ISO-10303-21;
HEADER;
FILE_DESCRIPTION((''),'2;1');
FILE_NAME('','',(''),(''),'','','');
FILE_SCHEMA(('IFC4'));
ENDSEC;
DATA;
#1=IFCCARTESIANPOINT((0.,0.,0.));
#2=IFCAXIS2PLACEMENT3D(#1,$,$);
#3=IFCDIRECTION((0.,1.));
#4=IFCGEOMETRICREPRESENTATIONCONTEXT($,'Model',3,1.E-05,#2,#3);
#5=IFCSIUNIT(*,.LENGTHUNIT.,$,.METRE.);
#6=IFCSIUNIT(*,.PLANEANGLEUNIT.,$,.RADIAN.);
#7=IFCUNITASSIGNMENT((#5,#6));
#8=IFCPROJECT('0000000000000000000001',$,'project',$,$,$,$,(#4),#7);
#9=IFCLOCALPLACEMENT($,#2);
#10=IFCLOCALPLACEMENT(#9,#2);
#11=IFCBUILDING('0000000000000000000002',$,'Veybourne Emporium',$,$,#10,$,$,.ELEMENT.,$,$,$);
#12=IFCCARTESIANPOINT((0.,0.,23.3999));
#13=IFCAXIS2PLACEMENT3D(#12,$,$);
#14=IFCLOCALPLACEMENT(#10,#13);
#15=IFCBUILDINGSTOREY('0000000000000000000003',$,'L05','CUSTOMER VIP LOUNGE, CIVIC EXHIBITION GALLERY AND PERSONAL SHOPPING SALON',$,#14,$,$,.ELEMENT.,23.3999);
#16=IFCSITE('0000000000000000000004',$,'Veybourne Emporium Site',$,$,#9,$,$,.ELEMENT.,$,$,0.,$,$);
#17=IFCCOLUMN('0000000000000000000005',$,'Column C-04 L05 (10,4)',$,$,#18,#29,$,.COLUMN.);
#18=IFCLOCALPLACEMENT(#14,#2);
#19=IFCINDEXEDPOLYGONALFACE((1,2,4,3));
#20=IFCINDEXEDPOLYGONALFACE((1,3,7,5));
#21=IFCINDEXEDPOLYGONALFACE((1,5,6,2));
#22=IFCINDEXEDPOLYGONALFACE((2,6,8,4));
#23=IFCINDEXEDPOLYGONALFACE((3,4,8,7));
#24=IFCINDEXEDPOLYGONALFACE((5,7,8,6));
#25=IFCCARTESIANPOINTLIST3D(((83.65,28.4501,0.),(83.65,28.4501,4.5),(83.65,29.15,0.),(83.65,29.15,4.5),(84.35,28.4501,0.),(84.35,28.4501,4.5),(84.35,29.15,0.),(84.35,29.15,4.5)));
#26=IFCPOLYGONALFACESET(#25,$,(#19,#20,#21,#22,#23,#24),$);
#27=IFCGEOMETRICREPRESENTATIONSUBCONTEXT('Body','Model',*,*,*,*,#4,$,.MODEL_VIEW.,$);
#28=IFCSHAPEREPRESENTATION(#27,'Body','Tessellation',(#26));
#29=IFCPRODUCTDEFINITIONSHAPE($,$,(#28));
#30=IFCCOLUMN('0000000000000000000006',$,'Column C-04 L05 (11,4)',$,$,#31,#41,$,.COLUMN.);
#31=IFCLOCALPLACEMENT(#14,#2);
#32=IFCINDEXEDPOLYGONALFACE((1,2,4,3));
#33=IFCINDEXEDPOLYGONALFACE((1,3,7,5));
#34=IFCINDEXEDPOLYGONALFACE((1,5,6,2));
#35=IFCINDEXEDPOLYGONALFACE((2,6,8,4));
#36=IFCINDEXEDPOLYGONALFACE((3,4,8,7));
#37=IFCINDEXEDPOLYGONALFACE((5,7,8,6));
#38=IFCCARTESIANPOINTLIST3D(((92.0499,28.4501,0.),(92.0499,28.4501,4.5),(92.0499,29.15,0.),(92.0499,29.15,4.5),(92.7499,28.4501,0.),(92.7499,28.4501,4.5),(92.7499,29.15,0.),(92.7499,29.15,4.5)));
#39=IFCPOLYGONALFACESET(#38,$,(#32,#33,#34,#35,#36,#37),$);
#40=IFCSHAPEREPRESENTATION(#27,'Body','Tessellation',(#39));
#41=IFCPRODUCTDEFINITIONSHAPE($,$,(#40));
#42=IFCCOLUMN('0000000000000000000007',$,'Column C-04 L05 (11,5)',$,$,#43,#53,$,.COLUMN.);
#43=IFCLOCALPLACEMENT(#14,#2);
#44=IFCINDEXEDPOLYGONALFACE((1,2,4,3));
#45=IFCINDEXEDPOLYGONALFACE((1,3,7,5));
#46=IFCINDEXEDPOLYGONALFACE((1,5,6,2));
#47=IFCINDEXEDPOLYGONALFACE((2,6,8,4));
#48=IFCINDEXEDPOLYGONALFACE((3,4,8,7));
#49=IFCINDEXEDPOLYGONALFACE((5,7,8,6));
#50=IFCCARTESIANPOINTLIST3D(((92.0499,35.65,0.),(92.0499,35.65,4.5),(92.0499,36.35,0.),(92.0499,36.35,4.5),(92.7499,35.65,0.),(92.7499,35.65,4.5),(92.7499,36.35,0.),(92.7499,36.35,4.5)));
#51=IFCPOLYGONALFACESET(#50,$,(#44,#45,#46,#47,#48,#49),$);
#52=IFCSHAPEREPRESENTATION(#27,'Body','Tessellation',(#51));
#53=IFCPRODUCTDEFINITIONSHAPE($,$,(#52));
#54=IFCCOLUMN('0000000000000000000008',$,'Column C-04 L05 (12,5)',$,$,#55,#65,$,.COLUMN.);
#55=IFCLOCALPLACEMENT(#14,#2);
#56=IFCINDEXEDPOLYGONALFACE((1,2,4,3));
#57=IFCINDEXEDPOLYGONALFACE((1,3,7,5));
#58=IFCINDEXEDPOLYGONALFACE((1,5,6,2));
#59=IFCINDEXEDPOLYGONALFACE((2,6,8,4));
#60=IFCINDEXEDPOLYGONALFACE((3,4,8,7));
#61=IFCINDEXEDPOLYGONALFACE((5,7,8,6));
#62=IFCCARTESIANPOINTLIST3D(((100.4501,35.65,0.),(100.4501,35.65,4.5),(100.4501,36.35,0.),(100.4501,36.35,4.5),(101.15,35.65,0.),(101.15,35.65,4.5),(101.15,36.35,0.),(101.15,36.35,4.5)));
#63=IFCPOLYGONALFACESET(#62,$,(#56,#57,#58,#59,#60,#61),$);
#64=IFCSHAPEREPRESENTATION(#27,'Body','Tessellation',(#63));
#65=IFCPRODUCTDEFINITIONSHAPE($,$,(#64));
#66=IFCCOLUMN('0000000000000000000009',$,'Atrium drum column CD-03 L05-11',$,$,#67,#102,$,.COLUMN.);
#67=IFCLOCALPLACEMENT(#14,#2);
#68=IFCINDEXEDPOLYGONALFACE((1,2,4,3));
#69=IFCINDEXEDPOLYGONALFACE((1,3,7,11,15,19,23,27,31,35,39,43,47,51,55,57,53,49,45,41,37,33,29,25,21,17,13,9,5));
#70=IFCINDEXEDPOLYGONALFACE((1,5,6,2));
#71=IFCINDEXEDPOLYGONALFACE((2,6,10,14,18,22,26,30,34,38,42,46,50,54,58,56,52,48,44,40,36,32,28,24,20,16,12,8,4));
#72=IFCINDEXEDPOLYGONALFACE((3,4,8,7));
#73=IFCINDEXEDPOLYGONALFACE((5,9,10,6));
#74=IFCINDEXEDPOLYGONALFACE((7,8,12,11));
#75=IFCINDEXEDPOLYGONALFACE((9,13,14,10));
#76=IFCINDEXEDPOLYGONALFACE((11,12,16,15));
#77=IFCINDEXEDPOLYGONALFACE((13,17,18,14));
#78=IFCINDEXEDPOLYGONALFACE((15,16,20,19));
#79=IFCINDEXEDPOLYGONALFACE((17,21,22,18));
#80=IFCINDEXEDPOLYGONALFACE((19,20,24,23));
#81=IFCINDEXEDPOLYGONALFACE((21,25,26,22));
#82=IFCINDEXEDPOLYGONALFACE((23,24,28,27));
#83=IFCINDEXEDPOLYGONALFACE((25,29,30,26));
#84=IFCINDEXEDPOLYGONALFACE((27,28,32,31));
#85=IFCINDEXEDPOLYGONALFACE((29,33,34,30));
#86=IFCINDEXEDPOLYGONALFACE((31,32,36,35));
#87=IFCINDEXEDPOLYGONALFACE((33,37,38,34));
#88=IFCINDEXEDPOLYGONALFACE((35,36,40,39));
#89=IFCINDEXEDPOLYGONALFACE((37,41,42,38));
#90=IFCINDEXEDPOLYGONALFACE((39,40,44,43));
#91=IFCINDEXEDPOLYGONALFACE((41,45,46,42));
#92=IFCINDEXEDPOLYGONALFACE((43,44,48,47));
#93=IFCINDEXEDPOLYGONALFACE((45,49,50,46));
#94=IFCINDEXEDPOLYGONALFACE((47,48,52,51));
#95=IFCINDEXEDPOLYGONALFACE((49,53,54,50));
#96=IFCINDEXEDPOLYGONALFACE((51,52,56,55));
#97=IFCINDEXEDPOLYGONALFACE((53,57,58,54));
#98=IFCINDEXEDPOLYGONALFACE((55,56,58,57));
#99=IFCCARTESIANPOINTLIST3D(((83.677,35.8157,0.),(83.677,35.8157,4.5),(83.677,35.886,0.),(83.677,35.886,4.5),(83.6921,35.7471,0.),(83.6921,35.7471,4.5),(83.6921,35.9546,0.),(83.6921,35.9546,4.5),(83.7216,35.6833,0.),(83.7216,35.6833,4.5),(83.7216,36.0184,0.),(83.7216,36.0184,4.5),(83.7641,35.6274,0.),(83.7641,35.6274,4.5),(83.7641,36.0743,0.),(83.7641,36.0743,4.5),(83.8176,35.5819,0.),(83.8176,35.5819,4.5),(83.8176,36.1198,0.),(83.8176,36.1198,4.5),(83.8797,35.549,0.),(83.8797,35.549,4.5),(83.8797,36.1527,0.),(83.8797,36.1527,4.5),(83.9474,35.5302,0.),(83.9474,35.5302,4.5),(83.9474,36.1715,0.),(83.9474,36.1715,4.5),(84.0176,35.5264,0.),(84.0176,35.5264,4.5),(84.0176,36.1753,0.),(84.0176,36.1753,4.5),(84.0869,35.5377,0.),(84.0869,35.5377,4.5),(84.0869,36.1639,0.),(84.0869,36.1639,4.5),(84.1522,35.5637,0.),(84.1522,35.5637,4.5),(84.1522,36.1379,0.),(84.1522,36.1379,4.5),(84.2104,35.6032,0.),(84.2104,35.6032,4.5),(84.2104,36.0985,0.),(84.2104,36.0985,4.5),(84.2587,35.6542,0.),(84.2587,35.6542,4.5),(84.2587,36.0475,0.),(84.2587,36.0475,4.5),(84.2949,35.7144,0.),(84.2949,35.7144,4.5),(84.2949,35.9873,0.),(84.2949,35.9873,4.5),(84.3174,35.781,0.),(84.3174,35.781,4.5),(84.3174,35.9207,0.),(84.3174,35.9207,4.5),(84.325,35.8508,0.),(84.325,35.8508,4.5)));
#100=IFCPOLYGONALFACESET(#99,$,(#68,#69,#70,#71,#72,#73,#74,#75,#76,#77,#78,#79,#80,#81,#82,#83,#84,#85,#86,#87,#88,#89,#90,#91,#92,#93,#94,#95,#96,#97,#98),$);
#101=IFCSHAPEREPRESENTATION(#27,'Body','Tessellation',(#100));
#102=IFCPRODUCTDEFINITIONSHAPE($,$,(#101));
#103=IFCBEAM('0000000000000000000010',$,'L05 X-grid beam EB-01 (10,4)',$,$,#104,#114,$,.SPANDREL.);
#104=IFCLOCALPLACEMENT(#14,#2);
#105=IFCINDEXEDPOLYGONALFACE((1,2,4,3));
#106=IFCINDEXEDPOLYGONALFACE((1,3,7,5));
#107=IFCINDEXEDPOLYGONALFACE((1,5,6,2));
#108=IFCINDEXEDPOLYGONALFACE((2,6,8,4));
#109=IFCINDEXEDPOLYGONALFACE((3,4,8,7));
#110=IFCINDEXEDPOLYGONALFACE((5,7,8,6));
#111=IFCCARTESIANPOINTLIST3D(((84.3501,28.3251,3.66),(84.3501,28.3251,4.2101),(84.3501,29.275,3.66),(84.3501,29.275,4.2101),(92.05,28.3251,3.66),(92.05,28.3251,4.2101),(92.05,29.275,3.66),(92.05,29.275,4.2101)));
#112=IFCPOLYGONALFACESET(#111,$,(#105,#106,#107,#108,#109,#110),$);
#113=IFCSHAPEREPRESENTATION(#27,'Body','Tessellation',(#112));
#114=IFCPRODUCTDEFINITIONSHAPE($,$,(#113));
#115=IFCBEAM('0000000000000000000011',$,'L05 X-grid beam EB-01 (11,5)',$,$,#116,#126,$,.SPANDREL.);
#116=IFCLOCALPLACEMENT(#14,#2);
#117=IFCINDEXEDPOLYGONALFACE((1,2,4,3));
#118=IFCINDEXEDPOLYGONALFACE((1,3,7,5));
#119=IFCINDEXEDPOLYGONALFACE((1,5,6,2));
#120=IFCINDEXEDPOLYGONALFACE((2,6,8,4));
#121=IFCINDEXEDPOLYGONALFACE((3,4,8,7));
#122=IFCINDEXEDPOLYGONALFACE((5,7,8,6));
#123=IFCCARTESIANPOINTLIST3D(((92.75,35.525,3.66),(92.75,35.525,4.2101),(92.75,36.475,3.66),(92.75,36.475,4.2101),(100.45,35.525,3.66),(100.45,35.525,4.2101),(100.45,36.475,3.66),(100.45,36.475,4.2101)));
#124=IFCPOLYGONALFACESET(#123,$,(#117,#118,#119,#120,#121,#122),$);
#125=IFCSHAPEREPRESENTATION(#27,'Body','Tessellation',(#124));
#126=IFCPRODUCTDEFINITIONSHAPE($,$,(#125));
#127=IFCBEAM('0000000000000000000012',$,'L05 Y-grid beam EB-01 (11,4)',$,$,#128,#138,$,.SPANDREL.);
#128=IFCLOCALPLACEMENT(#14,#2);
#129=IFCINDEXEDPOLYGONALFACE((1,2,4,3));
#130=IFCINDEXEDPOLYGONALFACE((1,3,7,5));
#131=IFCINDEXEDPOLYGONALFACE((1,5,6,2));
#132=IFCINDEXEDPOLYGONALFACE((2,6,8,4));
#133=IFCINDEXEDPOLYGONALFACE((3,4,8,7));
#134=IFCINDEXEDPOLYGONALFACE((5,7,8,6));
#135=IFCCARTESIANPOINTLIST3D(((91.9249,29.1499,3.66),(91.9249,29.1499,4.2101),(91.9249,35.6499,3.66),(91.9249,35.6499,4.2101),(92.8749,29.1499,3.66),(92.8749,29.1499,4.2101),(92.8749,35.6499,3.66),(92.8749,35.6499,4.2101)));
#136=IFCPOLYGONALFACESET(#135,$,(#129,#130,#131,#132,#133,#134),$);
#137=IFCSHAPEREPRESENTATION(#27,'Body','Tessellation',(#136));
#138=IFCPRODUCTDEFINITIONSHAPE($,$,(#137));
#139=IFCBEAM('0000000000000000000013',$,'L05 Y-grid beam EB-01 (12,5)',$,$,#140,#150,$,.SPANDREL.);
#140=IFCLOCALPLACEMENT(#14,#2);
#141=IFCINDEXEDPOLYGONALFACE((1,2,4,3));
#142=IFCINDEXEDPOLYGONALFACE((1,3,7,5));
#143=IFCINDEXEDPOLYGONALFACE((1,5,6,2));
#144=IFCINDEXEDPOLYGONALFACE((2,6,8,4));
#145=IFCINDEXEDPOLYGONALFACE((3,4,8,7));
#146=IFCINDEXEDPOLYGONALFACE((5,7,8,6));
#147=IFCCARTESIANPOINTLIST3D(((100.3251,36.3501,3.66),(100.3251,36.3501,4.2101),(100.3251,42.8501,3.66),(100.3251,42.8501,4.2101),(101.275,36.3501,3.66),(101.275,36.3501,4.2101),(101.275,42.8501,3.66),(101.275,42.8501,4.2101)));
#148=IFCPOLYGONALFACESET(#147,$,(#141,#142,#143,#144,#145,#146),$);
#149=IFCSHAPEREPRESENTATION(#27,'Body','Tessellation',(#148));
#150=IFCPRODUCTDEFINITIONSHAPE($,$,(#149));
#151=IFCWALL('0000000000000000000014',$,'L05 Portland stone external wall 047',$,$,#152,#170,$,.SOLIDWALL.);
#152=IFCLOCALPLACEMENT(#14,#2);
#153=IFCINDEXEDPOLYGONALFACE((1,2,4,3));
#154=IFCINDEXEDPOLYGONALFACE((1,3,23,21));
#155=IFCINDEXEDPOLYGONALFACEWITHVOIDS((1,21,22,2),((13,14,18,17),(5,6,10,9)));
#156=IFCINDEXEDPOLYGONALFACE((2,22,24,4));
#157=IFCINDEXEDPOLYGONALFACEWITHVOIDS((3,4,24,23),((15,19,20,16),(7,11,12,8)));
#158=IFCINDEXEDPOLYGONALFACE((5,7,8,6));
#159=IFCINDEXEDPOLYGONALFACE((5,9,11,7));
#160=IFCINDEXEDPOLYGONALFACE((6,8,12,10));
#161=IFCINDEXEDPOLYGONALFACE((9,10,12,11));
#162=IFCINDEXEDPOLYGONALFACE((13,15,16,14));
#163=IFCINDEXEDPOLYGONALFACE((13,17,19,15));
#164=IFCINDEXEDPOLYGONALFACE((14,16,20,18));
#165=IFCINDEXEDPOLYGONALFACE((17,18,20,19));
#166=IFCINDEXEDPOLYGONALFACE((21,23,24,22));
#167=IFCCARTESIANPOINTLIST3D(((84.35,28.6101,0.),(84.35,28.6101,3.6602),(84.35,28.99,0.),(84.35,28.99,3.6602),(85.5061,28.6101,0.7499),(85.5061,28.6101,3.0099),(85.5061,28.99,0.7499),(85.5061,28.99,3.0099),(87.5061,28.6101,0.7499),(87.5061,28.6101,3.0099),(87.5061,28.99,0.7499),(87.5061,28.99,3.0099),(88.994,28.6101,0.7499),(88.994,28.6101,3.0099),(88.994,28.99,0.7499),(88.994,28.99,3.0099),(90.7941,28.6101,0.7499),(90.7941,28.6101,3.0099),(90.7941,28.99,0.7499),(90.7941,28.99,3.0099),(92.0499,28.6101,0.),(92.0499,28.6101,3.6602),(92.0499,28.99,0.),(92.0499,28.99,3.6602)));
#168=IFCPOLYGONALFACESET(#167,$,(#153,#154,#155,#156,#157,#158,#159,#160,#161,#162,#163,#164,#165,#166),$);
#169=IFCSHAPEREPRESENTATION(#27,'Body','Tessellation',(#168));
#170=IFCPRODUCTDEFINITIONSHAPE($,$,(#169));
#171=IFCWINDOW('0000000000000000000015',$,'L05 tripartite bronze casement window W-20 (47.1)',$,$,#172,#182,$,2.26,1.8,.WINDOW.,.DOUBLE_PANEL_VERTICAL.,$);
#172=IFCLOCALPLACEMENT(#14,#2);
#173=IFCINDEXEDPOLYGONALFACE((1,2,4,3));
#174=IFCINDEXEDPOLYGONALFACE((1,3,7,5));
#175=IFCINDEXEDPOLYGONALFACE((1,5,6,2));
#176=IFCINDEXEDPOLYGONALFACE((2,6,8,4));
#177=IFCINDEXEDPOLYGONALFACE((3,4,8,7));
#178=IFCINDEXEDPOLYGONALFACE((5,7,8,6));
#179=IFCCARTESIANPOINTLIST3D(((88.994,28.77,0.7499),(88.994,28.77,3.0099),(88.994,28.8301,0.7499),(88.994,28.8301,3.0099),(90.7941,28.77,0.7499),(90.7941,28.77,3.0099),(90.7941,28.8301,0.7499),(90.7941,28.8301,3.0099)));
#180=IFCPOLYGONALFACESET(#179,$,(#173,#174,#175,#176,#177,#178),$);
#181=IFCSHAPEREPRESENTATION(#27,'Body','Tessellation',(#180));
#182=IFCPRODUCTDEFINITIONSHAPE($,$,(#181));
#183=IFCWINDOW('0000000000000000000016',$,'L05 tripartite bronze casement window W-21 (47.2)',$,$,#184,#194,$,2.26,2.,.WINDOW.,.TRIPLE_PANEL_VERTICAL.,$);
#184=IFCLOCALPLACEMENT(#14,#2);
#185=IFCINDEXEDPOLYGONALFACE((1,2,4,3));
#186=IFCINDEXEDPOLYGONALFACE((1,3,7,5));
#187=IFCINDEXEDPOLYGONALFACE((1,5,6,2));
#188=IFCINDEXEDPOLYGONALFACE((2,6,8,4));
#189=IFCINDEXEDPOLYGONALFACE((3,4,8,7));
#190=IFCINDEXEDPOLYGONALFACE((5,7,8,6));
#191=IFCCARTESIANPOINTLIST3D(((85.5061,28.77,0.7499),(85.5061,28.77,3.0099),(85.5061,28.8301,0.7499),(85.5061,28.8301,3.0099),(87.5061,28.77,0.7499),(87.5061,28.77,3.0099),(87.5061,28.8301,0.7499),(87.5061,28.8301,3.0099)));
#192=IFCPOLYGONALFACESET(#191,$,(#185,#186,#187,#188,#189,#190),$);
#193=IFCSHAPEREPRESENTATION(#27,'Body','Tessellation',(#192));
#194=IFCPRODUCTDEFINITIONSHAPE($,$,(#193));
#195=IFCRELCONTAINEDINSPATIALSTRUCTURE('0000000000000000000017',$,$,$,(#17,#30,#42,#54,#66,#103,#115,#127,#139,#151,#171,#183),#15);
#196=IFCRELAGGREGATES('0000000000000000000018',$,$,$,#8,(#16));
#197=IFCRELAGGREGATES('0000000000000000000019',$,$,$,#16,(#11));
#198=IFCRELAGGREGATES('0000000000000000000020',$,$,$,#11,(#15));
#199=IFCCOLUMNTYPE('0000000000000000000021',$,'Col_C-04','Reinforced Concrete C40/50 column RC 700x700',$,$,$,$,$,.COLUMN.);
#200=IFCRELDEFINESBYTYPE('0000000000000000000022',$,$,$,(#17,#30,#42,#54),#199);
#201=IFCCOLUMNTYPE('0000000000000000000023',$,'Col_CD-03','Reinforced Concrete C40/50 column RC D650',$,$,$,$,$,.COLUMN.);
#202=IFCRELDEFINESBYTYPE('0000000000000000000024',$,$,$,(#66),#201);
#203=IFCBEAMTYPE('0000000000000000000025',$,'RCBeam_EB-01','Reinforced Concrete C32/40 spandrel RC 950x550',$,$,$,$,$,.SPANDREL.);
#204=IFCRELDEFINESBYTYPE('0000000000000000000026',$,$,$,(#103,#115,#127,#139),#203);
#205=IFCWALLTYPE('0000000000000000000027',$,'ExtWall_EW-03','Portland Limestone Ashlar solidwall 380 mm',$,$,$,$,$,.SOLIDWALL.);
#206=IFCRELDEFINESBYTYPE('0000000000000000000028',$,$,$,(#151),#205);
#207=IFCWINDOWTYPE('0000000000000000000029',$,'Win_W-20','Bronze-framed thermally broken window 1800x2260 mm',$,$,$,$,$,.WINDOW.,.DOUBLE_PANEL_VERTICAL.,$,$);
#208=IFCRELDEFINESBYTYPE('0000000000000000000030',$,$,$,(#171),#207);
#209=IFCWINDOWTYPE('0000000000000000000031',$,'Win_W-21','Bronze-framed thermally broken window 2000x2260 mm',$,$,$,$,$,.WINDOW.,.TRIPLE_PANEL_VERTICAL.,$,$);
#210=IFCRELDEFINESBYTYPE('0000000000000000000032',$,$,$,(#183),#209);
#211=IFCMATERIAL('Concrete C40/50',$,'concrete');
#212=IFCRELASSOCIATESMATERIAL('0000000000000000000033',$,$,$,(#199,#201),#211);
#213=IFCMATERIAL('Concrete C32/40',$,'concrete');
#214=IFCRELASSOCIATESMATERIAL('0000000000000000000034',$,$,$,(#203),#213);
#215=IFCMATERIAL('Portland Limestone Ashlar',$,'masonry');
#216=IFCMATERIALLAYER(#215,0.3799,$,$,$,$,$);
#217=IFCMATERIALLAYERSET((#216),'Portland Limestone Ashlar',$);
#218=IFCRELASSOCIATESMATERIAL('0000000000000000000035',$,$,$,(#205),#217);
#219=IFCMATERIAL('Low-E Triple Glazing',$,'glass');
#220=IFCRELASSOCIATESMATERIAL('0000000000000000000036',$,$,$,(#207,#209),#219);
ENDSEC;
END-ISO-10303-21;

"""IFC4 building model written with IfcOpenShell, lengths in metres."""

from ifc_helpers import new_model, si_unit, direction, frame, frame_2d, origin, origin_2d, place, context, subcontext, project, spatial, rectangle, circle, extrude, material, layer, layer_set, material_profile, profile_set, type_object, element, fill, save


model = new_model("IFC4")

# Units and contexts
model_context = context("Model", 3, precision=1e-05, world=origin(), true_north=direction((0.0, 1.0)))
body_context = subcontext(model_context, "Body", "Model", "MODEL_VIEW")
ifc_project = project(units=[si_unit("LENGTHUNIT", "METRE"), si_unit("PLANEANGLEUNIT", "RADIAN")], contexts=[model_context])

# Site, building, storey
site_placement = place(None, origin())
site = spatial("IfcSite", under=ifc_project, at=site_placement, Name="Veybourne Emporium Site", CompositionType="ELEMENT", RefElevation=0.0)
building_placement = place(site_placement, origin())
building = spatial("IfcBuilding", under=site, at=building_placement, Name="Veybourne Emporium", CompositionType="ELEMENT")
storey_placement = place(building_placement, frame((0.0, 0.0, 23.3999)))
storey = spatial("IfcBuildingStorey", under=building, at=storey_placement, Name="L05", Description="CUSTOMER VIP LOUNGE, CIVIC EXHIBITION GALLERY AND PERSONAL SHOPPING SALON", CompositionType="ELEMENT", Elevation=23.3999)

# Columns
ifc_material_1 = material(Name="Concrete C40/50", Category="concrete")
ifc_material_profile_1 = material_profile(ifc_material_1, rectangle(XDim=0.7, YDim=0.7, at=origin_2d()), Name="RC 700x700")
ifc_profile_set_1 = profile_set([ifc_material_profile_1], Name="Concrete C40/50")
column_type_1 = type_object("IfcColumnType", Name="Col_C-04", Description="Reinforced Concrete C40/50 column RC 700x700", PredefinedType="COLUMN", material=ifc_profile_set_1)
for number, where, z_axis, x_axis, name in (
    (1, (84.0, 28.8, 0.0), (0.0, 0.0, 1.0), (1.0, 0.0, 0.0), "Column C-04 L05 (10,4)"),
    (2, (92.3999, 28.8, 0.0), (0.0, 0.0, 1.0), (1.0, 0.0, 0.0), "Column C-04 L05 (11,4)"),
    (3, (92.3999, 36.0, 0.0), (0.0, 0.0, 1.0), (1.0, 0.0, 0.0), "Column C-04 L05 (11,5)"),
    (4, (100.8, 36.0, 0.0), (0.0, 0.0, 1.0), (1.0, 0.0, 0.0), "Column C-04 L05 (12,5)"),
):
    element("IfcColumn", number, at=place(storey_placement, frame(where, z_axis=z_axis, x_axis=x_axis)), inside=storey, type_object=column_type_1, Name=name, PredefinedType="COLUMN", context=body_context, shape_type="SweptSolid", body=[
        extrude(rectangle(XDim=0.7, YDim=0.7, at=origin_2d()), origin(), (0.0, 0.0, 1.0), 4.5),
    ])
ifc_material_profile_2 = material_profile(ifc_material_1, circle(Radius=0.325, at=origin_2d()), Name="RC D650")
ifc_profile_set_2 = profile_set([ifc_material_profile_2], Name="Concrete C40/50")
column_type_2 = type_object("IfcColumnType", Name="Col_CD-03", Description="Reinforced Concrete C40/50 column RC D650", PredefinedType="COLUMN", material=ifc_profile_set_2)
column_placement = place(storey_placement, frame((84.0, 35.8508, 0.0), z_axis=(0.0, 0.0, 1.0), x_axis=(1.0, 0.0, 0.0)))
element("IfcColumn", 5, at=column_placement, inside=storey, type_object=column_type_2, Name="Atrium drum column CD-03 L05-11", PredefinedType="COLUMN", context=body_context, shape_type="SweptSolid", body=[
    extrude(circle(Radius=0.325, at=origin_2d()), origin(), (0.0, 0.0, 1.0), 4.5),
])

# Beams
ifc_material_2 = material(Name="Concrete C32/40", Category="concrete")
ifc_material_profile_3 = material_profile(ifc_material_2, rectangle(XDim=0.95, YDim=0.55, at=origin_2d()), Name="RC 950x550")
ifc_profile_set_3 = profile_set([ifc_material_profile_3], Name="Concrete C32/40")
beam_type = type_object("IfcBeamType", Name="RCBeam_EB-01", Description="Reinforced Concrete C32/40 spandrel RC 950x550", PredefinedType="SPANDREL", material=ifc_profile_set_3)
for number, where, z_axis, x_axis, name in (
    (6, (84.3501, 28.8, 3.9351), (1.0, 0.0, 0.0), (0.0, 1.0, 0.0), "L05 X-grid beam EB-01 (10,4)"),
    (7, (92.75, 36.0, 3.9351), (1.0, 0.0, 0.0), (0.0, 1.0, 0.0), "L05 X-grid beam EB-01 (11,5)"),
):
    element("IfcBeam", number, at=place(storey_placement, frame(where, z_axis=z_axis, x_axis=x_axis)), inside=storey, type_object=beam_type, Name=name, PredefinedType="SPANDREL", context=body_context, shape_type="SweptSolid", body=[
        extrude(rectangle(XDim=0.95, YDim=0.55, at=origin_2d()), origin(), (0.0, 0.0, 1.0), 7.7),
    ])
for number, where, z_axis, x_axis, name in (
    (8, (92.3999, 29.1499, 3.9351), (0.0, 1.0, 0.0), (-1.0, 0.0, 0.0), "L05 Y-grid beam EB-01 (11,4)"),
    (9, (100.8, 36.3501, 3.9351), (0.0, 1.0, 0.0), (-1.0, 0.0, 0.0), "L05 Y-grid beam EB-01 (12,5)"),
):
    element("IfcBeam", number, at=place(storey_placement, frame(where, z_axis=z_axis, x_axis=x_axis)), inside=storey, type_object=beam_type, Name=name, PredefinedType="SPANDREL", context=body_context, shape_type="SweptSolid", body=[
        extrude(rectangle(XDim=0.95, YDim=0.55, at=origin_2d()), origin(), (0.0, 0.0, 1.0), 6.5),
    ])

# Wall, openings, windows
ifc_material_3 = material(Name="Portland Limestone Ashlar", Category="masonry")
ifc_layer_1 = layer(ifc_material_3, 0.3799)
ifc_layer_set_1 = layer_set([ifc_layer_1], Name="Portland Limestone Ashlar")
wall_type_1 = type_object("IfcWallType", Name="ExtWall_EW-03", Description="Portland Limestone Ashlar solidwall 380 mm", PredefinedType="SOLIDWALL", material=ifc_layer_set_1)
wall_1_placement = place(storey_placement, frame((92.05, 28.8, 0.0), z_axis=(0.0, 0.0, 1.0), x_axis=(-1.0, 0.0, 0.0)))
wall_1 = element("IfcWall", 10, at=wall_1_placement, inside=storey, type_object=wall_type_1, Name="L05 Portland stone external wall 047", PredefinedType="SOLIDWALL", context=body_context, shape_type="SweptSolid", body=[
    extrude(rectangle(XDim=7.7, YDim=0.3799, at=frame_2d((3.8501, 0.0))), origin(), (0.0, 0.0, 1.0), 3.6602),
])
opening_1_placement = place(wall_1_placement, frame((1.2561, 0.0, 0.75)))
opening_1 = element("IfcOpeningElement", 11, at=opening_1_placement, cuts=wall_1, PredefinedType="OPENING", context=body_context, shape_type="SweptSolid", body=[
    extrude(rectangle(XDim=1.8, YDim=2.26, at=frame_2d((0.8999, 1.1299))), frame((0.0, 0.21, 0.0), z_axis=(0.0, -1.0, 0.0), x_axis=(1.0, 0.0, 0.0)), (0.0, 0.0, 1.0), 0.4199),
])
opening_2_placement = place(wall_1_placement, frame((4.5439, 0.0, 0.75)))
opening_2 = element("IfcOpeningElement", 12, at=opening_2_placement, cuts=wall_1, PredefinedType="OPENING", context=body_context, shape_type="SweptSolid", body=[
    extrude(rectangle(XDim=2.0, YDim=2.26, at=frame_2d((1.0, 1.1299))), frame((0.0, 0.21, 0.0), z_axis=(0.0, -1.0, 0.0), x_axis=(1.0, 0.0, 0.0)), (0.0, 0.0, 1.0), 0.4199),
])
ifc_material_4 = material(Name="Low-E Triple Glazing", Category="glass")
window_type_1 = type_object("IfcWindowType", Name="Win_W-20", Description="Bronze-framed thermally broken window 1800x2260 mm", PartitioningType="DOUBLE_PANEL_VERTICAL", PredefinedType="WINDOW", material=ifc_material_4)
window_1_placement = place(opening_1_placement, origin())
window_1 = element("IfcWindow", 13, at=window_1_placement, inside=storey, type_object=window_type_1, Name="L05 tripartite bronze casement window W-20 (47.1)", OverallHeight=2.26, OverallWidth=1.8, PartitioningType="DOUBLE_PANEL_VERTICAL", PredefinedType="WINDOW", context=body_context, shape_type="SweptSolid", body=[
    extrude(rectangle(XDim=1.8, YDim=2.26, at=frame_2d((0.8999, 1.1299))), frame((0.0, 0.03, 0.0), z_axis=(0.0, -1.0, 0.0), x_axis=(1.0, 0.0, 0.0)), (0.0, 0.0, 1.0), 0.0601),
])
fill(opening_1, window_1)
window_type_2 = type_object("IfcWindowType", Name="Win_W-21", Description="Bronze-framed thermally broken window 2000x2260 mm", PartitioningType="TRIPLE_PANEL_VERTICAL", PredefinedType="WINDOW", material=ifc_material_4)
window_2_placement = place(opening_2_placement, origin())
window_2 = element("IfcWindow", 14, at=window_2_placement, inside=storey, type_object=window_type_2, Name="L05 tripartite bronze casement window W-21 (47.2)", OverallHeight=2.26, OverallWidth=2.0, PartitioningType="TRIPLE_PANEL_VERTICAL", PredefinedType="WINDOW", context=body_context, shape_type="SweptSolid", body=[
    extrude(rectangle(XDim=2.0, YDim=2.26, at=frame_2d((1.0, 1.1299))), frame((0.0, 0.03, 0.0), z_axis=(0.0, -1.0, 0.0), x_axis=(1.0, 0.0, 0.0)), (0.0, 0.0, 1.0), 0.0601),
])
fill(opening_2, window_2)

save(model, "model.ifc")
